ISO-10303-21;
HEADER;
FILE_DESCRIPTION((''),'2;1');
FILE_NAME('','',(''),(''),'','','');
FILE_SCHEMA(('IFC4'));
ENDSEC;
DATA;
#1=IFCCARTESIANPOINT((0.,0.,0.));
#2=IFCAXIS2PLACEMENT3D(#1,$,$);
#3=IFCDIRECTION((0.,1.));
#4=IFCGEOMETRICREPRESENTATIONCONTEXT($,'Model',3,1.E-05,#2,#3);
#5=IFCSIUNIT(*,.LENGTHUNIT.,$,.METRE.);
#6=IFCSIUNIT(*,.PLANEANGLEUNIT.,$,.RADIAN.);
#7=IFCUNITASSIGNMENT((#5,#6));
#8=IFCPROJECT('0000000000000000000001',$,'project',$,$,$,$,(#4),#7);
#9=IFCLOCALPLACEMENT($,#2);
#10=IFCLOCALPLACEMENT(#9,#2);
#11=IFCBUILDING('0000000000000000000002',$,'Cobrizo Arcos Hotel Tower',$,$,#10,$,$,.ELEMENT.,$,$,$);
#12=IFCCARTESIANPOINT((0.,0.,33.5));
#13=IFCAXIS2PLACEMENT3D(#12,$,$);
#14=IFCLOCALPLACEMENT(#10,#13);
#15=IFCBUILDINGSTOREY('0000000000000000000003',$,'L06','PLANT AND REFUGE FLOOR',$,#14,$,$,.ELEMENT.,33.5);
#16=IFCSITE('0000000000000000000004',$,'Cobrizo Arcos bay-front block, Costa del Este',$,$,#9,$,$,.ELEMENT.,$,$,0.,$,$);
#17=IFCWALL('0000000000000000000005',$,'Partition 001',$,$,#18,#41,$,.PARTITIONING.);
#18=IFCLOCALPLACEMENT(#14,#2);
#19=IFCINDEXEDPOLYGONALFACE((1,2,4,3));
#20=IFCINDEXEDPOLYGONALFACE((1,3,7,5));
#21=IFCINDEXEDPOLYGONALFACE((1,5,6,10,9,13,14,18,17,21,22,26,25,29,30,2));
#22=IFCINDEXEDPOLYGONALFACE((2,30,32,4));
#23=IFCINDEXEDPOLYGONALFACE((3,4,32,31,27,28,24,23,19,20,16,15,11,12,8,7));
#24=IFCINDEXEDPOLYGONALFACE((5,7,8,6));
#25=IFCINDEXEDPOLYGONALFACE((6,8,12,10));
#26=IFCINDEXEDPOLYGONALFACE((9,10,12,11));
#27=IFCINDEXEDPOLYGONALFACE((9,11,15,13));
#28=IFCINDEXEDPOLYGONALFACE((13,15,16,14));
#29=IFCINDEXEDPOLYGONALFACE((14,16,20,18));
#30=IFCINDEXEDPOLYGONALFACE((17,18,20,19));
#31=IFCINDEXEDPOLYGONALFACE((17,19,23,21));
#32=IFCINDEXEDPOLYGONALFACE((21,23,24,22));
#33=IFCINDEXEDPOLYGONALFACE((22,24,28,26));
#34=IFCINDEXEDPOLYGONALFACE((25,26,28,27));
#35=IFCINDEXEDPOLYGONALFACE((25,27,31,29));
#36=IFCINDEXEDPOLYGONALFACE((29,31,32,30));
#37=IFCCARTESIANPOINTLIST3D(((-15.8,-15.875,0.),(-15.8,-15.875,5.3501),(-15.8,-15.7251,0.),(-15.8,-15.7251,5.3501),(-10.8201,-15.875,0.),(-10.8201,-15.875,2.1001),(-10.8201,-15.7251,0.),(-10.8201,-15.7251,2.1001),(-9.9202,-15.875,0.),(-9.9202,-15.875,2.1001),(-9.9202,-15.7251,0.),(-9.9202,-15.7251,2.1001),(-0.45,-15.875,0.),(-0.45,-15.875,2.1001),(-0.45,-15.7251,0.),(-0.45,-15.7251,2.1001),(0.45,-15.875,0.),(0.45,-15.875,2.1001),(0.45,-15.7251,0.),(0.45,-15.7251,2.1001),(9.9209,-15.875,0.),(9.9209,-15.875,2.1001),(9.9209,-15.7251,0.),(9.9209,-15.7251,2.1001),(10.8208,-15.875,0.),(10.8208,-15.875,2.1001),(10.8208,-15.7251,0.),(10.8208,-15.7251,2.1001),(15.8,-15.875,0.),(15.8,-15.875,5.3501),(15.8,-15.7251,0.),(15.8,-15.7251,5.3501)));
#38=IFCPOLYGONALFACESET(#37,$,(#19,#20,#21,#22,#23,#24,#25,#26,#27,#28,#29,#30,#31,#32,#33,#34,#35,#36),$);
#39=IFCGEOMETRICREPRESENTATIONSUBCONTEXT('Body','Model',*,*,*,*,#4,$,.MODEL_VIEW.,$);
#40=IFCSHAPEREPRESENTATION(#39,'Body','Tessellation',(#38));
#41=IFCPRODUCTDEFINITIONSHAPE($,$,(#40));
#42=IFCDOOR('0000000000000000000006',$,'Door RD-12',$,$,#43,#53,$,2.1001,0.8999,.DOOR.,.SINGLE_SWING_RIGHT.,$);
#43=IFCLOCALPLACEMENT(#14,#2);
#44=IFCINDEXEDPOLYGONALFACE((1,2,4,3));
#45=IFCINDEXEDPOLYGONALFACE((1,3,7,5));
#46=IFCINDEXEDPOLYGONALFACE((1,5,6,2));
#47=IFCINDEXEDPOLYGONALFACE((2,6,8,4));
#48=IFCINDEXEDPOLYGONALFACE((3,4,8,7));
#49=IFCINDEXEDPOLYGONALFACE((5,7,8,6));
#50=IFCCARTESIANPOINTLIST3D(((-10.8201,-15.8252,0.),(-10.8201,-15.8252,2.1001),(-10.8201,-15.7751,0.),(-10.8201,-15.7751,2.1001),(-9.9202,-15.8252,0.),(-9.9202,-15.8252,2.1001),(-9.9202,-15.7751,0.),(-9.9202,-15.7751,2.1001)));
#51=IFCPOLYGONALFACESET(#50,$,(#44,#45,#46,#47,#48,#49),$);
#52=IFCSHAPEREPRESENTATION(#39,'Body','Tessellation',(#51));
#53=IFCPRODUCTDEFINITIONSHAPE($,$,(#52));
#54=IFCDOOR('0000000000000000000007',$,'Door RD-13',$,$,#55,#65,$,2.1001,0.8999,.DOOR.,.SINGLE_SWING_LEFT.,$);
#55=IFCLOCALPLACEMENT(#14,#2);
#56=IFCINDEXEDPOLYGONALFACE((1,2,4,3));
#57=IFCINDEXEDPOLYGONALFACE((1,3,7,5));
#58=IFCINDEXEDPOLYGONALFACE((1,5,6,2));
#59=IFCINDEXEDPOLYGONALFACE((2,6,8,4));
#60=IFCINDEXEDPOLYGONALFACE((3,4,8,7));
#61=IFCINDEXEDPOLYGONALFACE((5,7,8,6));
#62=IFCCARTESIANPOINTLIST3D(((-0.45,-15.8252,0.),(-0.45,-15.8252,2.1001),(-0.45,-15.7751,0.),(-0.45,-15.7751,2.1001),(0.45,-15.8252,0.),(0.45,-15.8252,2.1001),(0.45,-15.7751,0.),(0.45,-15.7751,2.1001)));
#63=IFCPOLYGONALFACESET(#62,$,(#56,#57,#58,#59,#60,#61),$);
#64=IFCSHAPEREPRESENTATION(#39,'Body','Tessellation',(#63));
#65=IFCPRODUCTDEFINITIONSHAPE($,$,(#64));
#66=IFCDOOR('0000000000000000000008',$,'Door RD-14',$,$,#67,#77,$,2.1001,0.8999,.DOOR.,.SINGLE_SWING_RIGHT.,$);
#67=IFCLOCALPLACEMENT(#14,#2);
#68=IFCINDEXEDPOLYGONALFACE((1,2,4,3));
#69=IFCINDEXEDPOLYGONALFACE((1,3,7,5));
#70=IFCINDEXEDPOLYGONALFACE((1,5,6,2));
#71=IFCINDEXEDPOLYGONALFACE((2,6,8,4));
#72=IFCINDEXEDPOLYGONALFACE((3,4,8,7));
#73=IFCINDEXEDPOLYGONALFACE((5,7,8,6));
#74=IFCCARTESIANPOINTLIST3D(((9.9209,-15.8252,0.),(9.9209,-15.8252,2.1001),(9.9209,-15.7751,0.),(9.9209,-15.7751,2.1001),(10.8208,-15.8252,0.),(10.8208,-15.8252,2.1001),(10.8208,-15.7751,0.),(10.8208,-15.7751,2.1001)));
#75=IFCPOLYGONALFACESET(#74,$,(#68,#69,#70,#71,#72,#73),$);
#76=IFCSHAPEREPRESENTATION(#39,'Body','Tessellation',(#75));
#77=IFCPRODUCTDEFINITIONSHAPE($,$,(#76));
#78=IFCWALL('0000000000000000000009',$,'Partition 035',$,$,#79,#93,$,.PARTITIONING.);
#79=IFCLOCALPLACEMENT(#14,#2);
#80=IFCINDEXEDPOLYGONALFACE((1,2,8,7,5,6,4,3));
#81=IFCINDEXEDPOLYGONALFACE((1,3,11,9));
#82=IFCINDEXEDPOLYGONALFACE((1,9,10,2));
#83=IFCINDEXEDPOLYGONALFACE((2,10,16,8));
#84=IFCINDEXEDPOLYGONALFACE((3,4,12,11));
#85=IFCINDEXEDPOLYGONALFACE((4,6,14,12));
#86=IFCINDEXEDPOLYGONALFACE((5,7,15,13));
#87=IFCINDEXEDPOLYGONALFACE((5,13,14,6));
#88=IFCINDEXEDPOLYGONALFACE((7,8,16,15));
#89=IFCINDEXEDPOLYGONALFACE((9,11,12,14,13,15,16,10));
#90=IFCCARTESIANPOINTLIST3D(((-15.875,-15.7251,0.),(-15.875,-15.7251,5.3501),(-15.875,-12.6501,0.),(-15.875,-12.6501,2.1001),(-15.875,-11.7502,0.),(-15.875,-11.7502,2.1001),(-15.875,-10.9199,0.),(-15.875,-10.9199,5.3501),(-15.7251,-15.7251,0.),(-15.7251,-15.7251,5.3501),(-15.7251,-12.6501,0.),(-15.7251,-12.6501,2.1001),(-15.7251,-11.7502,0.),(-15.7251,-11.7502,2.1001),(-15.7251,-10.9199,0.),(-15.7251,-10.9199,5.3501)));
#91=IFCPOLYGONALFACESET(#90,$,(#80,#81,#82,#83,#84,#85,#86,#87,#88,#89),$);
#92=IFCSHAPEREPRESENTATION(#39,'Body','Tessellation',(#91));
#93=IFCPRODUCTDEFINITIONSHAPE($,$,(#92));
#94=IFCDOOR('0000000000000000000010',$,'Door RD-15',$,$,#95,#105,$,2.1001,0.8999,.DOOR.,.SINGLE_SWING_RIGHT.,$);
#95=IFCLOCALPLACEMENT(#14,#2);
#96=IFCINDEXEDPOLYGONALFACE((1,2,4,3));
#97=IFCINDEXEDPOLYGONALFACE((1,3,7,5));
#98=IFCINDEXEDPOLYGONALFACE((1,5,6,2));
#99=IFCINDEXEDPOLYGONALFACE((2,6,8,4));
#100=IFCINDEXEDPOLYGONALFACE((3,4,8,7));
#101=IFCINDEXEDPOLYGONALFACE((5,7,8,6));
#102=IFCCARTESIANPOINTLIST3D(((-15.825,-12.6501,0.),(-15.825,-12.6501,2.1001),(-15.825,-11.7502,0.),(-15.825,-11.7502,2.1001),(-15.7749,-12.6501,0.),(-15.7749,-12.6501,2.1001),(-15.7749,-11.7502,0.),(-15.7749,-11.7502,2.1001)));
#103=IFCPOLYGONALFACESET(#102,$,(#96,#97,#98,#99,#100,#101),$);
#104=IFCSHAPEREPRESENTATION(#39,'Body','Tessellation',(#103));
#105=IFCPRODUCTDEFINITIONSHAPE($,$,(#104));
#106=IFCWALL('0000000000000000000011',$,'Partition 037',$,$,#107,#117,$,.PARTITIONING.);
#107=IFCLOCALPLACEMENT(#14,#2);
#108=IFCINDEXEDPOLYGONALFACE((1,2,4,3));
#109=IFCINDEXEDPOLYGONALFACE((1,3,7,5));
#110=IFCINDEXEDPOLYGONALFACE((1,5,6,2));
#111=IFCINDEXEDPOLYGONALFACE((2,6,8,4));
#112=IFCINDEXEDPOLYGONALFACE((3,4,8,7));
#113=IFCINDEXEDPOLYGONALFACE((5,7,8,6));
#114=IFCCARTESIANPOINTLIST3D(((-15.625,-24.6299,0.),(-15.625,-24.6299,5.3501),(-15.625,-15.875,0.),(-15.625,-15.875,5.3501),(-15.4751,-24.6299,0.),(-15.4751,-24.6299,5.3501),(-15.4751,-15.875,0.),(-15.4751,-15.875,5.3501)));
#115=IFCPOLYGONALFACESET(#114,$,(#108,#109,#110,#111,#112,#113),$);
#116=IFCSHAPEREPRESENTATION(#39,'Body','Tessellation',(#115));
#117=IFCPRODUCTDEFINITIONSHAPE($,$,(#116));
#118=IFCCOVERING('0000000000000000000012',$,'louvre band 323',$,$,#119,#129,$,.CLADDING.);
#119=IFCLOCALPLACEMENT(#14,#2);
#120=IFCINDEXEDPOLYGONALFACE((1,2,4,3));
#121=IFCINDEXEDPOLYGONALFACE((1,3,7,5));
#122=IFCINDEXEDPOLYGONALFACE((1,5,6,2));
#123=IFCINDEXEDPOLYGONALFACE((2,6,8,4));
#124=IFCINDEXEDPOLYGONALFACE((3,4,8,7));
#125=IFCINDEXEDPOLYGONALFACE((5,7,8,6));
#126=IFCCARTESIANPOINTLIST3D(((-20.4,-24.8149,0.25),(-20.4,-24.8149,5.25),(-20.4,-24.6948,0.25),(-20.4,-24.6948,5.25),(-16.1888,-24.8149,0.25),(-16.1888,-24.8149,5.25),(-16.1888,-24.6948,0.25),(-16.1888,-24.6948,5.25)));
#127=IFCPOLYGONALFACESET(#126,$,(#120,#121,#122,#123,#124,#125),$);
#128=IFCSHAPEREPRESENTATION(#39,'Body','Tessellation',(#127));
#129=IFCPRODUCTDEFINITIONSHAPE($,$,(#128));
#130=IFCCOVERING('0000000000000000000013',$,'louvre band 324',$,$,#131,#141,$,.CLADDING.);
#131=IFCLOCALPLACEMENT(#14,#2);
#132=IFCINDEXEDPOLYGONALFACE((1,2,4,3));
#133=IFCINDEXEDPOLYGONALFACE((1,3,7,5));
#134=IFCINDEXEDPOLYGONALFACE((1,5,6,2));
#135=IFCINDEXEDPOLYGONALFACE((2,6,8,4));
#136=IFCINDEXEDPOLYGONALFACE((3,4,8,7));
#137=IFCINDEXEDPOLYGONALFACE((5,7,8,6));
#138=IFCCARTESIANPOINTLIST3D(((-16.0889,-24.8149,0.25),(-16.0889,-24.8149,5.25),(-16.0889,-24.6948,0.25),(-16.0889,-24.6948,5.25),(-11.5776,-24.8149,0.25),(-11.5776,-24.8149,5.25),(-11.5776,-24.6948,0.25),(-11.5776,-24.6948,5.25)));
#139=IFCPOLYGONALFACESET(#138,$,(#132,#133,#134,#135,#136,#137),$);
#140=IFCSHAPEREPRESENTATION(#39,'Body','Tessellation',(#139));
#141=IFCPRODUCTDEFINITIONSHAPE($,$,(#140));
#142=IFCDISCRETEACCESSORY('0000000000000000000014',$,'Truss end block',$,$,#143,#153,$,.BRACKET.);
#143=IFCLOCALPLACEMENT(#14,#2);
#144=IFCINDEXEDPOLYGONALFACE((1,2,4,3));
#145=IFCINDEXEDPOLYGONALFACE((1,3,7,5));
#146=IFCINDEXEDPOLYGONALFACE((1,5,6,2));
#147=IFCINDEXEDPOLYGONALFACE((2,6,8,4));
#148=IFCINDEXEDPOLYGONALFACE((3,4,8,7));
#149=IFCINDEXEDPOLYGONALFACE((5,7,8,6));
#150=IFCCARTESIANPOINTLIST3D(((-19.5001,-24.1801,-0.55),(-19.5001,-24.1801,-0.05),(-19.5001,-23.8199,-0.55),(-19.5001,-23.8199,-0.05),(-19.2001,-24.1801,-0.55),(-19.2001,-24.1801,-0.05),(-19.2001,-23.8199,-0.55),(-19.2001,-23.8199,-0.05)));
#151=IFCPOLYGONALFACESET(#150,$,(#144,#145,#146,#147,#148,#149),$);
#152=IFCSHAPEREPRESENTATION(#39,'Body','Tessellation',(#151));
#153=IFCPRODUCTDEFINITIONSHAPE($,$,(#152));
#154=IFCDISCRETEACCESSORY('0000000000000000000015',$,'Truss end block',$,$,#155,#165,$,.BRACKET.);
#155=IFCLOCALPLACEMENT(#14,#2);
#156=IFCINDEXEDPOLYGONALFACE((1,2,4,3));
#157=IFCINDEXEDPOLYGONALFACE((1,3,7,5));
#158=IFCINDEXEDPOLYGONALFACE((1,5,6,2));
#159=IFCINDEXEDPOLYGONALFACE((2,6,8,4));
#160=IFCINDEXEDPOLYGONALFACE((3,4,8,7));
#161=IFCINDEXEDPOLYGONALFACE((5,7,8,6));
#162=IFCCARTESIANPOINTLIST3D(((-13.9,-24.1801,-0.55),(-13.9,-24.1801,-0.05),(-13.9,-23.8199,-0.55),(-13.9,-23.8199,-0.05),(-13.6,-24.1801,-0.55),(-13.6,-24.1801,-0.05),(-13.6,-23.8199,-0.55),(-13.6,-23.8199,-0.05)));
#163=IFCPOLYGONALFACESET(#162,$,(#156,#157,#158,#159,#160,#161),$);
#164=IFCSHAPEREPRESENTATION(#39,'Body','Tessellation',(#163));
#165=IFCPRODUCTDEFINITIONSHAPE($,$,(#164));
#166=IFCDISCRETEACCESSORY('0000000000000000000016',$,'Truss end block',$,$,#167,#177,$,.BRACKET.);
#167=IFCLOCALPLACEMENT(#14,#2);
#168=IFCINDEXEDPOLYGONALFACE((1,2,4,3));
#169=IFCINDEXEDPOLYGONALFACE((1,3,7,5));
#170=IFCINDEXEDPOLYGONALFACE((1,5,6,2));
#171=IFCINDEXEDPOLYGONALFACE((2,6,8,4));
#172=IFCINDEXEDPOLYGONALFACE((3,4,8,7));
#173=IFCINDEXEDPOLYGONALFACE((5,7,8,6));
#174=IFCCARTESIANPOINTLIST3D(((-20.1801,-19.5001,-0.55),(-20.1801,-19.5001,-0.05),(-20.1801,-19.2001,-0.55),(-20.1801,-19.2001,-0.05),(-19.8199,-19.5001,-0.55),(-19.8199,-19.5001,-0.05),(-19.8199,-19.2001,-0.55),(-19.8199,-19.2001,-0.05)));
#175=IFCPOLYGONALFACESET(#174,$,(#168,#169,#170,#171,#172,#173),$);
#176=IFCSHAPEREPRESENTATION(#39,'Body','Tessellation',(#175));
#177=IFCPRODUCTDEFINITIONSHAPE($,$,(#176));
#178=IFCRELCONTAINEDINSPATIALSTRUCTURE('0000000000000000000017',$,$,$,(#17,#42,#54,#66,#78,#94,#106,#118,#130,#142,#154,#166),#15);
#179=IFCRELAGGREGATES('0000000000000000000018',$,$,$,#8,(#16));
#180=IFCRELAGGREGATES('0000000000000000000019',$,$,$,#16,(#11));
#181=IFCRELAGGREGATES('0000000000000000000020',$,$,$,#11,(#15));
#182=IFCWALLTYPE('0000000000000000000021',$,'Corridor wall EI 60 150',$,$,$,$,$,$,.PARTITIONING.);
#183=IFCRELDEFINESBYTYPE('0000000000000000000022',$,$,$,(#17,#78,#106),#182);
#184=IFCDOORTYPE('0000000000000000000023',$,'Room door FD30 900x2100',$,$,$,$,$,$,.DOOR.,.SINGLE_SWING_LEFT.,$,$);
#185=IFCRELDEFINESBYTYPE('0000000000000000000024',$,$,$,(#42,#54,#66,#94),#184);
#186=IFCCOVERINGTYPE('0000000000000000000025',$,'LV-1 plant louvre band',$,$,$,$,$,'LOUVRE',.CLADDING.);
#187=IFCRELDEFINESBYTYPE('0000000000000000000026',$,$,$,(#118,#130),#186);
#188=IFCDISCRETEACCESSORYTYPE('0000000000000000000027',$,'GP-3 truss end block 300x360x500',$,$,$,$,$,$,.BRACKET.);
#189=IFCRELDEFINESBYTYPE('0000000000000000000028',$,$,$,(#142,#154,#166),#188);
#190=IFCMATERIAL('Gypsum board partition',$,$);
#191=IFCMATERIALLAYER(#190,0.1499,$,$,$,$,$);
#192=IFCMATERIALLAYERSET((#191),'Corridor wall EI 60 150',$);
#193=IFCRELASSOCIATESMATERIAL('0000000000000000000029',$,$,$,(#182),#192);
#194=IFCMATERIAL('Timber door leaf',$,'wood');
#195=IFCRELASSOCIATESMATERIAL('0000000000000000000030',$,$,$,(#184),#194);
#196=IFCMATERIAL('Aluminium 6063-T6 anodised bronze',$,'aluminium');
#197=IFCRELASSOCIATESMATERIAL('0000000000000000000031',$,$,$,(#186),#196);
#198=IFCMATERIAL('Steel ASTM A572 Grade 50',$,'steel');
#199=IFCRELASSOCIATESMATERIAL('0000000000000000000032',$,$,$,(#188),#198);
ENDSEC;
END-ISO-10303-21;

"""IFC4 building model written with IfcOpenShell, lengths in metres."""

from ifc_helpers import new_model, si_unit, direction, frame, frame_2d, origin, origin_2d, place, context, subcontext, project, spatial, rectangle, extrude, material, layer, layer_set, type_object, element, fill, save


model = new_model("IFC4")

# Units and contexts
model_context = context("Model", 3, precision=1e-05, world=origin(), true_north=direction((0.0, 1.0)))
body_context = subcontext(model_context, "Body", "Model", "MODEL_VIEW")
ifc_project = project(units=[si_unit("LENGTHUNIT", "METRE"), si_unit("PLANEANGLEUNIT", "RADIAN")], contexts=[model_context])

# Site, building, storey
site_placement = place(None, origin())
site = spatial("IfcSite", under=ifc_project, at=site_placement, Name="Cobrizo Arcos bay-front block, Costa del Este", CompositionType="ELEMENT", RefElevation=0.0)
building_placement = place(site_placement, origin())
building = spatial("IfcBuilding", under=site, at=building_placement, Name="Cobrizo Arcos Hotel Tower", CompositionType="ELEMENT")
storey_placement = place(building_placement, frame((0.0, 0.0, 33.5)))
storey = spatial("IfcBuildingStorey", under=building, at=storey_placement, Name="L06", Description="PLANT AND REFUGE FLOOR", CompositionType="ELEMENT", Elevation=33.5)

# Shared definitions
ifc_material_1 = material(Name="Steel ASTM A572 Grade 50", Category="steel")

# Shared definitions
ifc_material_2 = material(Name="Aluminium 6063-T6 anodised bronze", Category="aluminium")

# Wall, openings, doors
ifc_material_3 = material(Name="Gypsum board partition")
ifc_layer_1 = layer(ifc_material_3, 0.1499)
ifc_layer_set_1 = layer_set([ifc_layer_1], Name="Corridor wall EI 60 150")
wall_type = type_object("IfcWallType", Name="Corridor wall EI 60 150", PredefinedType="PARTITIONING", material=ifc_layer_set_1)
wall_1_placement = place(storey_placement, frame((-15.8, -15.8, 0.0), z_axis=(0.0, 0.0, 1.0), x_axis=(1.0, 0.0, 0.0)))
wall_1 = element("IfcWall", 1, at=wall_1_placement, inside=storey, type_object=wall_type, Name="Partition 001", PredefinedType="PARTITIONING", context=body_context, shape_type="SweptSolid", body=[
    extrude(rectangle(XDim=31.6001, YDim=0.1499, at=frame_2d((15.8, 0.0))), origin(), (0.0, 0.0, 1.0), 5.3501),
])
opening_1_placement = place(wall_1_placement, frame((4.98, 0.0, 0.0)))
opening_1 = element("IfcOpeningElement", 2, at=opening_1_placement, cuts=wall_1, PredefinedType="OPENING", context=body_context, shape_type="SweptSolid", body=[
    extrude(rectangle(XDim=0.8999, YDim=2.1001, at=frame_2d((0.45, 1.05))), frame((0.0, 0.0869, 0.0), z_axis=(0.0, -1.0, 0.0), x_axis=(1.0, 0.0, 0.0)), (0.0, 0.0, 1.0), 0.1738),
])
opening_2_placement = place(wall_1_placement, frame((15.3501, 0.0, 0.0)))
opening_2 = element("IfcOpeningElement", 3, at=opening_2_placement, cuts=wall_1, PredefinedType="OPENING", context=body_context, shape_type="SweptSolid", body=[
    extrude(rectangle(XDim=0.8999, YDim=2.1001, at=frame_2d((0.45, 1.05))), frame((0.0, 0.0869, 0.0), z_axis=(0.0, -1.0, 0.0), x_axis=(1.0, 0.0, 0.0)), (0.0, 0.0, 1.0), 0.1738),
])
opening_3_placement = place(wall_1_placement, frame((25.7209, 0.0, 0.0)))
opening_3 = element("IfcOpeningElement", 4, at=opening_3_placement, cuts=wall_1, PredefinedType="OPENING", context=body_context, shape_type="SweptSolid", body=[
    extrude(rectangle(XDim=0.8999, YDim=2.1001, at=frame_2d((0.45, 1.05))), frame((0.0, 0.0869, 0.0), z_axis=(0.0, -1.0, 0.0), x_axis=(1.0, 0.0, 0.0)), (0.0, 0.0, 1.0), 0.1738),
])
ifc_material_4 = material(Name="Timber door leaf", Category="wood")
door_type = type_object("IfcDoorType", Name="Room door FD30 900x2100", OperationType="SINGLE_SWING_LEFT", PredefinedType="DOOR", material=ifc_material_4)
door_1_placement = place(opening_1_placement, origin())
door_1 = element("IfcDoor", 5, at=door_1_placement, inside=storey, type_object=door_type, Name="Door RD-12", OperationType="SINGLE_SWING_RIGHT", OverallHeight=2.1001, OverallWidth=0.8999, PredefinedType="DOOR", context=body_context, shape_type="SweptSolid", body=[
    extrude(rectangle(XDim=0.8999, YDim=2.1001, at=frame_2d((0.45, 1.05))), frame((0.0, 0.0249, 0.0), z_axis=(0.0, -1.0, 0.0), x_axis=(1.0, 0.0, 0.0)), (0.0, 0.0, 1.0), 0.05),
])
fill(opening_1, door_1)
door_2_placement = place(opening_2_placement, origin())
door_2 = element("IfcDoor", 6, at=door_2_placement, inside=storey, type_object=door_type, Name="Door RD-13", OperationType="SINGLE_SWING_LEFT", OverallHeight=2.1001, OverallWidth=0.8999, PredefinedType="DOOR", context=body_context, shape_type="SweptSolid", body=[
    extrude(rectangle(XDim=0.8999, YDim=2.1001, at=frame_2d((0.45, 1.05))), frame((0.0, 0.0249, 0.0), z_axis=(0.0, -1.0, 0.0), x_axis=(1.0, 0.0, 0.0)), (0.0, 0.0, 1.0), 0.05),
])
fill(opening_2, door_2)
door_3_placement = place(opening_3_placement, origin())
door_3 = element("IfcDoor", 7, at=door_3_placement, inside=storey, type_object=door_type, Name="Door RD-14", OperationType="SINGLE_SWING_RIGHT", OverallHeight=2.1001, OverallWidth=0.8999, PredefinedType="DOOR", context=body_context, shape_type="SweptSolid", body=[
    extrude(rectangle(XDim=0.8999, YDim=2.1001, at=frame_2d((0.45, 1.05))), frame((0.0, 0.0249, 0.0), z_axis=(0.0, -1.0, 0.0), x_axis=(1.0, 0.0, 0.0)), (0.0, 0.0, 1.0), 0.05),
])
fill(opening_3, door_3)

# Wall, opening, door
wall_2_placement = place(storey_placement, frame((-15.8, -15.7251, 0.0), z_axis=(0.0, 0.0, 1.0), x_axis=(0.0, 1.0, 0.0)))
wall_2 = element("IfcWall", 8, at=wall_2_placement, inside=storey, type_object=wall_type, Name="Partition 035", PredefinedType="PARTITIONING", context=body_context, shape_type="SweptSolid", body=[
    extrude(rectangle(XDim=4.8052, YDim=0.1499, at=frame_2d((2.4026, 0.0))), origin(), (0.0, 0.0, 1.0), 5.3501),
])
opening_4_placement = place(wall_2_placement, frame((3.075, 0.0, 0.0)))
opening_4 = element("IfcOpeningElement", 9, at=opening_4_placement, cuts=wall_2, PredefinedType="OPENING", context=body_context, shape_type="SweptSolid", body=[
    extrude(rectangle(XDim=0.8999, YDim=2.1001, at=frame_2d((0.45, 1.05))), frame((0.0, 0.0869, 0.0), z_axis=(0.0, -1.0, 0.0), x_axis=(1.0, 0.0, 0.0)), (0.0, 0.0, 1.0), 0.1738),
])
door_4_placement = place(opening_4_placement, origin())
door_4 = element("IfcDoor", 10, at=door_4_placement, inside=storey, type_object=door_type, Name="Door RD-15", OperationType="SINGLE_SWING_RIGHT", OverallHeight=2.1001, OverallWidth=0.8999, PredefinedType="DOOR", context=body_context, shape_type="SweptSolid", body=[
    extrude(rectangle(XDim=0.8999, YDim=2.1001, at=frame_2d((0.45, 1.05))), frame((0.0, 0.0249, 0.0), z_axis=(0.0, -1.0, 0.0), x_axis=(1.0, 0.0, 0.0)), (0.0, 0.0, 1.0), 0.05),
])
fill(opening_4, door_4)

# Wall
wall_3_placement = place(storey_placement, frame((-15.55, -24.6299, 0.0), z_axis=(0.0, 0.0, 1.0), x_axis=(0.0, 1.0, 0.0)))
element("IfcWall", 11, at=wall_3_placement, inside=storey, type_object=wall_type, Name="Partition 037", PredefinedType="PARTITIONING", context=body_context, shape_type="SweptSolid", body=[
    extrude(rectangle(XDim=8.7549, YDim=0.1499, at=frame_2d((4.3774, 0.0))), origin(), (0.0, 0.0, 1.0), 5.3501),
])

# Coverings
covering_type = type_object("IfcCoveringType", Name="LV-1 plant louvre band", ElementType="LOUVRE", PredefinedType="CLADDING", material=ifc_material_2)
covering_1_placement = place(storey_placement, frame((-18.2944, -24.7549, 0.25), z_axis=(0.0, 0.0, 1.0), x_axis=(1.0, 0.0, 0.0)))
element("IfcCovering", 12, at=covering_1_placement, inside=storey, type_object=covering_type, Name="louvre band 323", PredefinedType="CLADDING", context=body_context, shape_type="SweptSolid", body=[
    extrude(rectangle(XDim=4.2112, YDim=0.1201, at=origin_2d()), origin(), (0.0, 0.0, 1.0), 5.0),
])
covering_2_placement = place(storey_placement, frame((-13.8333, -24.7549, 0.25), z_axis=(0.0, 0.0, 1.0), x_axis=(1.0, 0.0, 0.0)))
element("IfcCovering", 13, at=covering_2_placement, inside=storey, type_object=covering_type, Name="louvre band 324", PredefinedType="CLADDING", context=body_context, shape_type="SweptSolid", body=[
    extrude(rectangle(XDim=4.5112, YDim=0.1201, at=origin_2d()), origin(), (0.0, 0.0, 1.0), 5.0),
])

# Discrete accessories
discrete_accessory_type_1 = type_object("IfcDiscreteAccessoryType", Name="GP-3 truss end block 300x360x500", PredefinedType="BRACKET", material=ifc_material_1)
for number, where, z_axis, x_axis, name in (
    (14, (-19.3501, -24.0, -0.55), (0.0, 0.0, 1.0), (1.0, 0.0, 0.0), "Truss end block"),
    (15, (-13.75, -24.0, -0.55), (0.0, 0.0, 1.0), (1.0, 0.0, 0.0), "Truss end block"),
    (16, (-20.0, -19.3501, -0.55), (0.0, 0.0, 1.0), (0.0, 1.0, 0.0), "Truss end block"),
):
    element("IfcDiscreteAccessory", number, at=place(storey_placement, frame(where, z_axis=z_axis, x_axis=x_axis)), inside=storey, type_object=discrete_accessory_type_1, Name=name, PredefinedType="BRACKET", context=body_context, shape_type="SweptSolid", body=[
        extrude(rectangle(XDim=0.3, YDim=0.3601, at=origin_2d()), origin(), (0.0, 0.0, 1.0), 0.5),
    ])

save(model, "model.ifc")
